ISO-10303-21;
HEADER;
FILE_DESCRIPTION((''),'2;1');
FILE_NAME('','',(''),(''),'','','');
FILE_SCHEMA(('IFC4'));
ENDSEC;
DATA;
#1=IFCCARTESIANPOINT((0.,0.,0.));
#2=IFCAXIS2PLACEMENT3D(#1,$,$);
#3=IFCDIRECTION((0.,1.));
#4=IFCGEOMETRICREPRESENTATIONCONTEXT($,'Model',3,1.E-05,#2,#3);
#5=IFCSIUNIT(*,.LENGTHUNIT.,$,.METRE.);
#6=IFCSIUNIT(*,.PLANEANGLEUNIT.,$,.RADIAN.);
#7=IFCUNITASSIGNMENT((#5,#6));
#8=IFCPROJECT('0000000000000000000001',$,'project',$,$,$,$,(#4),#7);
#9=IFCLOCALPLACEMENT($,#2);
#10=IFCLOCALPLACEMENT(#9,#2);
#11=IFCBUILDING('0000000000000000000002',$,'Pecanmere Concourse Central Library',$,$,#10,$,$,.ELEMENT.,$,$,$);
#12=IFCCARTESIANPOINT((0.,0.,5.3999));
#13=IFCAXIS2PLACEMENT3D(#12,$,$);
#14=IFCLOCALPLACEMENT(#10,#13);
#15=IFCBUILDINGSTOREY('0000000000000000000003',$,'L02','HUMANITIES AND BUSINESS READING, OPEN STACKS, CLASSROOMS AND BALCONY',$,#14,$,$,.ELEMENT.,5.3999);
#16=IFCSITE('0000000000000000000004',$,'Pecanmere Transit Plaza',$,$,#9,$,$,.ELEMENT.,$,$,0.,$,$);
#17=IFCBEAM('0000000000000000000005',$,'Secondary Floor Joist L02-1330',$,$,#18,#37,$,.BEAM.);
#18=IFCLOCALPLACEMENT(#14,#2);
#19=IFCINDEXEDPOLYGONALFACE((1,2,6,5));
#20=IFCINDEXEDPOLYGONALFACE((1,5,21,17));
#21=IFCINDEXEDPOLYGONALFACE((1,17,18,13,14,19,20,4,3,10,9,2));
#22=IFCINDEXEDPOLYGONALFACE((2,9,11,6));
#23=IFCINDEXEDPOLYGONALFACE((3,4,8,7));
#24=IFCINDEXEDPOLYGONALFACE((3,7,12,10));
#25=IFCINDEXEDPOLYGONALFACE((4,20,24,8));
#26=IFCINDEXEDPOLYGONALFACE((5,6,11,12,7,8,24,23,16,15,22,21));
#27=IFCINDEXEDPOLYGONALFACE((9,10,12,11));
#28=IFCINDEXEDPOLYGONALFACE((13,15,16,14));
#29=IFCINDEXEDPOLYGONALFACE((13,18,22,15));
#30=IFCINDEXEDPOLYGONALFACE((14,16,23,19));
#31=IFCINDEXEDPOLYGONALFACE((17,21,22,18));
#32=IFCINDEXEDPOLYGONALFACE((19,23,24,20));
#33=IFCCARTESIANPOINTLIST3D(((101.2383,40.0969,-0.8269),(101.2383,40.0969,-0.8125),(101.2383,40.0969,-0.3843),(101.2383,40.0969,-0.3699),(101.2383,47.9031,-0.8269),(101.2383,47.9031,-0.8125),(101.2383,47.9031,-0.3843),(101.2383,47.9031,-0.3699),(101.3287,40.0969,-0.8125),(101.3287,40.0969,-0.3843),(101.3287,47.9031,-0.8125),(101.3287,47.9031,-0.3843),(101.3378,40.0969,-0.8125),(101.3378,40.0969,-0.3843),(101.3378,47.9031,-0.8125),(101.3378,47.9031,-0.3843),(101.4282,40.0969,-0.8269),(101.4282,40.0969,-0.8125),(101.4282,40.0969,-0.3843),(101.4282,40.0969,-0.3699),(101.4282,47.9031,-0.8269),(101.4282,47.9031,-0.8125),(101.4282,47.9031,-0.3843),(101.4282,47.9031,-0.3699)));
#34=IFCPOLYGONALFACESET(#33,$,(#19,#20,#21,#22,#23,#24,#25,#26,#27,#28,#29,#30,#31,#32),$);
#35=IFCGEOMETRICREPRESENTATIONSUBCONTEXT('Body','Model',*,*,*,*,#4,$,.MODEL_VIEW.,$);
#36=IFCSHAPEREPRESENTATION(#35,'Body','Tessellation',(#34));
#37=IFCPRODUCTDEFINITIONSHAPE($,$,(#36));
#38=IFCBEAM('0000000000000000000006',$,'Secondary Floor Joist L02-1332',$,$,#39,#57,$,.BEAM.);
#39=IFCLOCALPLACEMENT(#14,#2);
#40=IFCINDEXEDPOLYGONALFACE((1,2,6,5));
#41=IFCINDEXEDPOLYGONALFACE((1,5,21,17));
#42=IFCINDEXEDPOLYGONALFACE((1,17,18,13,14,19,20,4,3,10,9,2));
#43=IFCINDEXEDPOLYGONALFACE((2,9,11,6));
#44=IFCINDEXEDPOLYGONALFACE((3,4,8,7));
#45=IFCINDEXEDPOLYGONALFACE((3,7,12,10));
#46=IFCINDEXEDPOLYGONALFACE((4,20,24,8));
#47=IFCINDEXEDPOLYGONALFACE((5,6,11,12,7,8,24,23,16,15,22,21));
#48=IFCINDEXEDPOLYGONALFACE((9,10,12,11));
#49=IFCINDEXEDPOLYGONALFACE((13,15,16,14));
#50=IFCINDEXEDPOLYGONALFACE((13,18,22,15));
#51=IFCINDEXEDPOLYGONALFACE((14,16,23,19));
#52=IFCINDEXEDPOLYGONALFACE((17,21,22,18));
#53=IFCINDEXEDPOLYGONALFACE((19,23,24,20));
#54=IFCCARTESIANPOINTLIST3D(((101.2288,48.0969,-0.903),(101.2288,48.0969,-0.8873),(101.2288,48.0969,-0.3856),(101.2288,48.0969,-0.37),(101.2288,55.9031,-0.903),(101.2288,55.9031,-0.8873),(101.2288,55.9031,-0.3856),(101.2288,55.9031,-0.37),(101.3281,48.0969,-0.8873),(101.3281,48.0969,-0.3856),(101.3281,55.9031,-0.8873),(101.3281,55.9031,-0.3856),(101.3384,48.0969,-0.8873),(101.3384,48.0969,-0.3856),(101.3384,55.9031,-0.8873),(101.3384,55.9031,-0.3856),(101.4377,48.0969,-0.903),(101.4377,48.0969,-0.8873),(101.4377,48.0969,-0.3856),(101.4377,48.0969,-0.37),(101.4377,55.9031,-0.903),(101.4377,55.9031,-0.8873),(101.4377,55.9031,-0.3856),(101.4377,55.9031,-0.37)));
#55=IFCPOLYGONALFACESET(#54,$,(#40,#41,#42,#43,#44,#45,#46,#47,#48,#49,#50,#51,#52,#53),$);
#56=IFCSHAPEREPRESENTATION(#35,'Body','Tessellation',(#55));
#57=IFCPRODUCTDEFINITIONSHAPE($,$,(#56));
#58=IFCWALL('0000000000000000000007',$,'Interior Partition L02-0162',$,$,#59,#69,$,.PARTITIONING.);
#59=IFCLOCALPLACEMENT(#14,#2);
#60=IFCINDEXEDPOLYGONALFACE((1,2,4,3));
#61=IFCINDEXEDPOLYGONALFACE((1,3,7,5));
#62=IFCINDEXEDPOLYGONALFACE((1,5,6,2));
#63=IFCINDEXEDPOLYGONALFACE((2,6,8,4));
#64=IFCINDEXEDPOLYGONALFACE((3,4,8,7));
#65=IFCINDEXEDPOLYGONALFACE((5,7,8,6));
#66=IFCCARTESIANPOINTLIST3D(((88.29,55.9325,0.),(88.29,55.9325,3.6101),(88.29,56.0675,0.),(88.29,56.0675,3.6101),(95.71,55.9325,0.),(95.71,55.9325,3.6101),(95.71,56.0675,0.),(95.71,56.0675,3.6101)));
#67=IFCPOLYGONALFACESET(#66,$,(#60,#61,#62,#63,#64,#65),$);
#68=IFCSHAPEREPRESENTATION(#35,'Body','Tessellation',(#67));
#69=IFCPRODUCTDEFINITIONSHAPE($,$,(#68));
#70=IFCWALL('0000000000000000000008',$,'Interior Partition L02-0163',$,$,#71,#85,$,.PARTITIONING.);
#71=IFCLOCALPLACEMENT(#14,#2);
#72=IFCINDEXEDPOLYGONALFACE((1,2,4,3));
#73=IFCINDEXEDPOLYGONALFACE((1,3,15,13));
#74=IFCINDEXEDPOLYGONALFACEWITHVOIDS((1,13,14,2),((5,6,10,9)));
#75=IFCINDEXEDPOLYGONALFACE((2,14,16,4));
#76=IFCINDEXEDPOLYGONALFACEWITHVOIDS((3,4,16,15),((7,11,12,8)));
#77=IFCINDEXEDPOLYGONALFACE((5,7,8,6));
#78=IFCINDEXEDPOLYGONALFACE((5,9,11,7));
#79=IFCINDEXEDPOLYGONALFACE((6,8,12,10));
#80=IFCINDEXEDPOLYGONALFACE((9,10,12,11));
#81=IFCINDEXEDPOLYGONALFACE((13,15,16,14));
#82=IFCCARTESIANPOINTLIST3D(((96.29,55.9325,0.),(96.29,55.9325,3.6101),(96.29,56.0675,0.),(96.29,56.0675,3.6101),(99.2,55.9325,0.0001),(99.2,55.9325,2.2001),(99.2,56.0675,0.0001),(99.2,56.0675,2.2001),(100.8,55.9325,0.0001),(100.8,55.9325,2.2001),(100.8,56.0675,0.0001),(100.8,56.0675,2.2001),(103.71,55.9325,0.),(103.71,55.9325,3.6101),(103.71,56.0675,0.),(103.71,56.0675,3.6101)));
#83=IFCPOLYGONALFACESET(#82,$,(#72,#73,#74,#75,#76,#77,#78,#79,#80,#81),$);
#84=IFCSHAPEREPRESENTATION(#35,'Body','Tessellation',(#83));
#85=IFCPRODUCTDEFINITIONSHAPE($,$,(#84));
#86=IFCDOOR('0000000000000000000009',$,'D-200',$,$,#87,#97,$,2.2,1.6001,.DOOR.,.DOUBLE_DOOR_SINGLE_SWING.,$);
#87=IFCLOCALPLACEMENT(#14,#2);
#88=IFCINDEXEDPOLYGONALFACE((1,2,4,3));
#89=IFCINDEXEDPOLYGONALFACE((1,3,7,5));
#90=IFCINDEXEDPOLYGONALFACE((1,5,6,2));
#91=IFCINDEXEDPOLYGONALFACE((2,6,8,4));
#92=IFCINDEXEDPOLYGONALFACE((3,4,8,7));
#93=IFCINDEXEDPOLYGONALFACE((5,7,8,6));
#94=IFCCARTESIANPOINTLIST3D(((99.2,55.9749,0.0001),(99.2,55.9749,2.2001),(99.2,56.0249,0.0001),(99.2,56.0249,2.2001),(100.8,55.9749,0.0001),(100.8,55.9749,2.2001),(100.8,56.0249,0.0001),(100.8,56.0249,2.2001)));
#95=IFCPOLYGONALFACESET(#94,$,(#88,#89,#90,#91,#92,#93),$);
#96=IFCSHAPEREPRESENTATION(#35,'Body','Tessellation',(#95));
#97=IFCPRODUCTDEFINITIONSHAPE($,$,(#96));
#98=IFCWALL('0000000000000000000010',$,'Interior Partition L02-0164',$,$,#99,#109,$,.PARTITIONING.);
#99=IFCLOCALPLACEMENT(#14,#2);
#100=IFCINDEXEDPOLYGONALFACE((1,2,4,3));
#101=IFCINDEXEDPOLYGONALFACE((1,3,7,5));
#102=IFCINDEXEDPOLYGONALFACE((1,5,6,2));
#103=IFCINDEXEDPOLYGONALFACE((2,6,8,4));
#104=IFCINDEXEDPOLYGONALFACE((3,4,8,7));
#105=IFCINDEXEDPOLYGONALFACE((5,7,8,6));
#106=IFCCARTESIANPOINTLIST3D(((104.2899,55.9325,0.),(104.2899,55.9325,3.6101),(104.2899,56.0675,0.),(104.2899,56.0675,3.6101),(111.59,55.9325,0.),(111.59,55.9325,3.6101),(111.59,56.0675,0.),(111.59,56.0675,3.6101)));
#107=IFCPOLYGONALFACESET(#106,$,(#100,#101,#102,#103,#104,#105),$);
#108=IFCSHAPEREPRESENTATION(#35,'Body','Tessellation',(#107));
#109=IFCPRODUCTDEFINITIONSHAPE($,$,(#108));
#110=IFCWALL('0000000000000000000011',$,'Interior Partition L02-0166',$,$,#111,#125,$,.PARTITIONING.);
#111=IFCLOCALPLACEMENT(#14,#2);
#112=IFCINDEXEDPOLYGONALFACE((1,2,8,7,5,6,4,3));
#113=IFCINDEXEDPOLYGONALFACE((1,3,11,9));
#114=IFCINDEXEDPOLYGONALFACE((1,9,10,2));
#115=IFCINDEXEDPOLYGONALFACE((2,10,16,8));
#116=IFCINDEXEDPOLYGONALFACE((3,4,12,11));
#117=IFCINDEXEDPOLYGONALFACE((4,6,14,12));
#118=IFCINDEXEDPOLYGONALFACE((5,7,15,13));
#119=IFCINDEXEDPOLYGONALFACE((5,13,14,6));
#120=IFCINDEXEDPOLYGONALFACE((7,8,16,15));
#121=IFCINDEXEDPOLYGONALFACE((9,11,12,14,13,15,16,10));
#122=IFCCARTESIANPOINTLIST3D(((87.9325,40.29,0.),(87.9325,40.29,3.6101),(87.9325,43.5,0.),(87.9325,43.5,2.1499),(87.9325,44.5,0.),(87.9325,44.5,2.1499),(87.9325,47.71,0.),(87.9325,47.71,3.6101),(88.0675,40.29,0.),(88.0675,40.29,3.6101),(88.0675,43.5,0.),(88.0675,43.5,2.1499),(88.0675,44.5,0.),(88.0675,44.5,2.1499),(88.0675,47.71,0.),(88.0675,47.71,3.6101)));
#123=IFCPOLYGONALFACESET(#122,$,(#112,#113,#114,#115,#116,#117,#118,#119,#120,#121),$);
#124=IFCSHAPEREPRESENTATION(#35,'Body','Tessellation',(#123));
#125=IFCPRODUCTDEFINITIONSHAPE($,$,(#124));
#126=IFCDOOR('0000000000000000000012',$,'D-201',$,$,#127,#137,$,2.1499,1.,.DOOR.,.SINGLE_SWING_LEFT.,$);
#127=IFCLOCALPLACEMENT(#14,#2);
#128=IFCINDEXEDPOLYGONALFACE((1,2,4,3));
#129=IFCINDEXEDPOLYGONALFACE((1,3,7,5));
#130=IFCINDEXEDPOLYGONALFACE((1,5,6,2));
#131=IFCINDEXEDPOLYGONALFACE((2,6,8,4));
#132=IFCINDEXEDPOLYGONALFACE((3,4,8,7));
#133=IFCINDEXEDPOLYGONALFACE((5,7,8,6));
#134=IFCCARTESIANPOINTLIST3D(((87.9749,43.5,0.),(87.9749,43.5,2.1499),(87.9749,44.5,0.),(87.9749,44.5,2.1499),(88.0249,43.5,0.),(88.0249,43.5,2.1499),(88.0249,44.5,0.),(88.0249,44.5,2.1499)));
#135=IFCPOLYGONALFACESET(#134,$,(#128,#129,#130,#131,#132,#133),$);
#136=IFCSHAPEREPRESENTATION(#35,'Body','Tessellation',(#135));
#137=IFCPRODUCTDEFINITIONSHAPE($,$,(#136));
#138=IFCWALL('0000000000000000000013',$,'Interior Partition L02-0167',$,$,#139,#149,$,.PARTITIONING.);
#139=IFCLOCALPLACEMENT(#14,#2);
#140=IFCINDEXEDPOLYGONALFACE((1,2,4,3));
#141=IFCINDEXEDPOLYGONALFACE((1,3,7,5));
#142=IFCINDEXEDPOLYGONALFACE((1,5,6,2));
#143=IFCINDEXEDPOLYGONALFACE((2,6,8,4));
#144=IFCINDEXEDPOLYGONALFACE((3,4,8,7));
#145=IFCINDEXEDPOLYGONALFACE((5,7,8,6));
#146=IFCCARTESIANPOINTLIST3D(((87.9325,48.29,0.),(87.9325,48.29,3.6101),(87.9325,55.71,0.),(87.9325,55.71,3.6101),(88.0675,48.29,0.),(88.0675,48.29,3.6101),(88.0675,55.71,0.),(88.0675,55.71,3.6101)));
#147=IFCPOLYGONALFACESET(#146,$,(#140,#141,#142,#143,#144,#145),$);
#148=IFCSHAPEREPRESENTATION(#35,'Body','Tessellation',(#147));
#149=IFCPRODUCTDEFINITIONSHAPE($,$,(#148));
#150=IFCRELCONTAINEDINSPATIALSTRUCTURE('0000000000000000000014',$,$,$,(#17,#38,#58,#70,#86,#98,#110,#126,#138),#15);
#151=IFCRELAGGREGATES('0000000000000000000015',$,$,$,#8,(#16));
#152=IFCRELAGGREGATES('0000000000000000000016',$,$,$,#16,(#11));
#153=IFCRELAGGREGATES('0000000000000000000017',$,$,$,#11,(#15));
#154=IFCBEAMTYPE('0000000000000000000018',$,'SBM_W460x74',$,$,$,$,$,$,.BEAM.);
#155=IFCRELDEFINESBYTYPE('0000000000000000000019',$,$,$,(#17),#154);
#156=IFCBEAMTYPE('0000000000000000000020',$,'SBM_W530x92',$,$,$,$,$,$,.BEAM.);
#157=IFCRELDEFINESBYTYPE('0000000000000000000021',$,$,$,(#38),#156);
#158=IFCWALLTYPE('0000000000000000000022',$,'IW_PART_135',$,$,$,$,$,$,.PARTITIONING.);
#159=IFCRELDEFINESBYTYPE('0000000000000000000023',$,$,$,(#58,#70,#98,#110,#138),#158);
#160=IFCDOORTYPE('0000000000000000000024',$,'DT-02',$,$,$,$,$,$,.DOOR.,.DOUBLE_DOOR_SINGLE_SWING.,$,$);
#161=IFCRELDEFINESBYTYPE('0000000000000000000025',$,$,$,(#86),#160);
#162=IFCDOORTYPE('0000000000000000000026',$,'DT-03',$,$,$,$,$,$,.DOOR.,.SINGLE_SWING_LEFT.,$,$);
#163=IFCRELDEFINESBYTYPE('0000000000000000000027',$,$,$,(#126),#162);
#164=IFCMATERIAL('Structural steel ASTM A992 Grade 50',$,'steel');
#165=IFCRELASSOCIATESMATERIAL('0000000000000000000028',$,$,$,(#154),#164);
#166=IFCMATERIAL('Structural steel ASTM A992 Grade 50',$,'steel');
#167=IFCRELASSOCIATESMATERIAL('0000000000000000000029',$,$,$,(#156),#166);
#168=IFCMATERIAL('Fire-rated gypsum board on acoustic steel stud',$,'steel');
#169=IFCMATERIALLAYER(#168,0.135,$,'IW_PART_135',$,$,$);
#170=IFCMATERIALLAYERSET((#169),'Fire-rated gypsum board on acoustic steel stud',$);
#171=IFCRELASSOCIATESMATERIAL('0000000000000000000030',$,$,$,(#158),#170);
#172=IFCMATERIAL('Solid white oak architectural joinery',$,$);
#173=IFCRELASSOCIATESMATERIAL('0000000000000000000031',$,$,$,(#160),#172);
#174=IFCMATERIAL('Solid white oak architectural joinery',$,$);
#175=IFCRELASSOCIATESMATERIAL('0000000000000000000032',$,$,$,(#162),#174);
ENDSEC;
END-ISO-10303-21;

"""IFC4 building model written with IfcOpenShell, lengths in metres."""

from ifc_helpers import new_model, si_unit, direction, frame, frame_2d, origin, origin_2d, place, context, subcontext, project, spatial, rectangle, i_section, extrude, material, layer, layer_set, material_profile, profile_set, type_object, element, fill, save


model = new_model("IFC4")

# Units and contexts
model_context = context("Model", 3, precision=1e-05, world=origin(), true_north=direction((0.0, 1.0)))
body_context = subcontext(model_context, "Body", "Model", "MODEL_VIEW")
ifc_project = project(units=[si_unit("LENGTHUNIT", "METRE"), si_unit("PLANEANGLEUNIT", "RADIAN")], contexts=[model_context])

# Site, building, storey
site_placement = place(None, origin())
site = spatial("IfcSite", under=ifc_project, at=site_placement, Name="Pecanmere Transit Plaza", CompositionType="ELEMENT", RefElevation=0.0)
building_placement = place(site_placement, origin())
building = spatial("IfcBuilding", under=site, at=building_placement, Name="Pecanmere Concourse Central Library", CompositionType="ELEMENT")
storey_placement = place(building_placement, frame((0.0, 0.0, 5.3999)))
storey = spatial("IfcBuildingStorey", under=building, at=storey_placement, Name="L02", Description="HUMANITIES AND BUSINESS READING, OPEN STACKS, CLASSROOMS AND BALCONY", CompositionType="ELEMENT", Elevation=5.3999)

# Beams
ifc_material_1 = material(Name="Structural steel ASTM A992 Grade 50", Category="steel")
ifc_material_profile_1 = material_profile(ifc_material_1, i_section(OverallWidth=0.1899, OverallDepth=0.457, WebThickness=0.009, FlangeThickness=0.0144, at=origin_2d()), Name="W460x74")
ifc_profile_set_1 = profile_set([ifc_material_profile_1], Name="Structural steel ASTM A992 Grade 50")
beam_type_1 = type_object("IfcBeamType", Name="SBM_W460x74", PredefinedType="BEAM", material=ifc_profile_set_1)
beam_1_placement = place(storey_placement, frame((101.3333, 40.0969, -0.5984), z_axis=(0.0, 1.0, 0.0), x_axis=(-1.0, 0.0, 0.0)))
element("IfcBeam", 1, at=beam_1_placement, inside=storey, type_object=beam_type_1, Name="Secondary Floor Joist L02-1330", PredefinedType="BEAM", context=body_context, shape_type="SweptSolid", body=[
    extrude(i_section(OverallWidth=0.1899, OverallDepth=0.457, WebThickness=0.009, FlangeThickness=0.0144, at=origin_2d()), origin(), (0.0, 0.0, 1.0), 7.8062),
])
ifc_material_2 = material(Name="Structural steel ASTM A992 Grade 50", Category="steel")
ifc_material_profile_2 = material_profile(ifc_material_2, i_section(OverallWidth=0.209, OverallDepth=0.533, WebThickness=0.0103, FlangeThickness=0.0156, at=origin_2d()), Name="W530x92")
ifc_profile_set_2 = profile_set([ifc_material_profile_2], Name="Structural steel ASTM A992 Grade 50")
beam_type_2 = type_object("IfcBeamType", Name="SBM_W530x92", PredefinedType="BEAM", material=ifc_profile_set_2)
beam_2_placement = place(storey_placement, frame((101.3333, 48.0969, -0.6365), z_axis=(0.0, 1.0, 0.0), x_axis=(-1.0, 0.0, 0.0)))
element("IfcBeam", 2, at=beam_2_placement, inside=storey, type_object=beam_type_2, Name="Secondary Floor Joist L02-1332", PredefinedType="BEAM", context=body_context, shape_type="SweptSolid", body=[
    extrude(i_section(OverallWidth=0.209, OverallDepth=0.533, WebThickness=0.0103, FlangeThickness=0.0156, at=origin_2d()), origin(), (0.0, 0.0, 1.0), 7.8062),
])

# Wall
ifc_material_3 = material(Name="Fire-rated gypsum board on acoustic steel stud", Category="steel")
ifc_layer = layer(ifc_material_3, 0.135, Name="IW_PART_135")
ifc_layer_set = layer_set([ifc_layer], Name="Fire-rated gypsum board on acoustic steel stud")
wall_type = type_object("IfcWallType", Name="IW_PART_135", PredefinedType="PARTITIONING", material=ifc_layer_set)
wall_1_placement = place(storey_placement, frame((88.29, 56.0, 0.0), z_axis=(0.0, 0.0, 1.0), x_axis=(1.0, 0.0, 0.0)))
element("IfcWall", 3, at=wall_1_placement, inside=storey, type_object=wall_type, Name="Interior Partition L02-0162", PredefinedType="PARTITIONING", context=body_context, shape_type="SweptSolid", body=[
    extrude(rectangle(XDim=7.4199, YDim=0.135, at=frame_2d((3.71, 0.0))), origin(), (0.0, 0.0, 1.0), 3.6101),
])

# Wall, opening, door
wall_2_placement = place(storey_placement, frame((96.29, 56.0, 0.0), z_axis=(0.0, 0.0, 1.0), x_axis=(1.0, 0.0, 0.0)))
wall_2 = element("IfcWall", 4, at=wall_2_placement, inside=storey, type_object=wall_type, Name="Interior Partition L02-0163", PredefinedType="PARTITIONING", context=body_context, shape_type="SweptSolid", body=[
    extrude(rectangle(XDim=7.4199, YDim=0.135, at=frame_2d((3.71, 0.0))), origin(), (0.0, 0.0, 1.0), 3.6101),
])
opening_1_placement = place(wall_2_placement, frame((2.9099, 0.0, 0.0)))
opening_1 = element("IfcOpeningElement", 5, at=opening_1_placement, cuts=wall_2, PredefinedType="OPENING", context=body_context, shape_type="SweptSolid", body=[
    extrude(rectangle(XDim=1.6001, YDim=2.2, at=frame_2d((0.8, 1.1001))), frame((0.0, 0.0796, 0.0), z_axis=(0.0, -1.0, 0.0), x_axis=(1.0, 0.0, 0.0)), (0.0, 0.0, 1.0), 0.1589),
])
ifc_material_4 = material(Name="Solid white oak architectural joinery")
door_type_1 = type_object("IfcDoorType", Name="DT-02", OperationType="DOUBLE_DOOR_SINGLE_SWING", PredefinedType="DOOR", material=ifc_material_4)
door_1_placement = place(opening_1_placement, origin())
door_1 = element("IfcDoor", 6, at=door_1_placement, inside=storey, type_object=door_type_1, Name="D-200", OperationType="DOUBLE_DOOR_SINGLE_SWING", OverallHeight=2.2, OverallWidth=1.6001, PredefinedType="DOOR", context=body_context, shape_type="SweptSolid", body=[
    extrude(rectangle(XDim=1.6001, YDim=2.2, at=frame_2d((0.8, 1.1001))), frame((0.0, 0.0249, 0.0), z_axis=(0.0, -1.0, 0.0), x_axis=(1.0, 0.0, 0.0)), (0.0, 0.0, 1.0), 0.05),
])
fill(opening_1, door_1)

# Wall
wall_3_placement = place(storey_placement, frame((104.29, 56.0, 0.0), z_axis=(0.0, 0.0, 1.0), x_axis=(1.0, 0.0, 0.0)))
element("IfcWall", 7, at=wall_3_placement, inside=storey, type_object=wall_type, Name="Interior Partition L02-0164", PredefinedType="PARTITIONING", context=body_context, shape_type="SweptSolid", body=[
    extrude(rectangle(XDim=7.3, YDim=0.135, at=frame_2d((3.6499, 0.0))), origin(), (0.0, 0.0, 1.0), 3.6101),
])

# Wall, opening, door
wall_4_placement = place(storey_placement, frame((88.0, 40.29, 0.0), z_axis=(0.0, 0.0, 1.0), x_axis=(0.0, 1.0, 0.0)))
wall_4 = element("IfcWall", 8, at=wall_4_placement, inside=storey, type_object=wall_type, Name="Interior Partition L02-0166", PredefinedType="PARTITIONING", context=body_context, shape_type="SweptSolid", body=[
    extrude(rectangle(XDim=7.4199, YDim=0.135, at=frame_2d((3.71, 0.0))), origin(), (0.0, 0.0, 1.0), 3.6101),
])
opening_2_placement = place(wall_4_placement, frame((3.21, 0.0, 0.0)))
opening_2 = element("IfcOpeningElement", 9, at=opening_2_placement, cuts=wall_4, PredefinedType="OPENING", context=body_context, shape_type="SweptSolid", body=[
    extrude(rectangle(XDim=1.0, YDim=2.1499, at=frame_2d((0.5, 1.075))), frame((0.0, 0.0796, 0.0), z_axis=(0.0, -1.0, 0.0), x_axis=(1.0, 0.0, 0.0)), (0.0, 0.0, 1.0), 0.1589),
])
ifc_material_5 = material(Name="Solid white oak architectural joinery")
door_type_2 = type_object("IfcDoorType", Name="DT-03", OperationType="SINGLE_SWING_LEFT", PredefinedType="DOOR", material=ifc_material_5)
door_2_placement = place(opening_2_placement, frame((1.0, 0.0, 0.0), z_axis=(0.0, 0.0, 1.0), x_axis=(-1.0, 0.0, 0.0)))
door_2 = element("IfcDoor", 10, at=door_2_placement, inside=storey, type_object=door_type_2, Name="D-201", OperationType="SINGLE_SWING_LEFT", OverallHeight=2.1499, OverallWidth=1.0, PredefinedType="DOOR", context=body_context, shape_type="SweptSolid", body=[
    extrude(rectangle(XDim=1.0, YDim=2.1499, at=frame_2d((0.5, 1.075))), frame((0.0, 0.0249, 0.0), z_axis=(0.0, -1.0, 0.0), x_axis=(1.0, 0.0, 0.0)), (0.0, 0.0, 1.0), 0.05),
])
fill(opening_2, door_2)

# Wall
wall_5_placement = place(storey_placement, frame((88.0, 48.29, 0.0), z_axis=(0.0, 0.0, 1.0), x_axis=(0.0, 1.0, 0.0)))
element("IfcWall", 11, at=wall_5_placement, inside=storey, type_object=wall_type, Name="Interior Partition L02-0167", PredefinedType="PARTITIONING", context=body_context, shape_type="SweptSolid", body=[
    extrude(rectangle(XDim=7.4199, YDim=0.135, at=frame_2d((3.71, 0.0))), origin(), (0.0, 0.0, 1.0), 3.6101),
])

save(model, "model.ifc")
